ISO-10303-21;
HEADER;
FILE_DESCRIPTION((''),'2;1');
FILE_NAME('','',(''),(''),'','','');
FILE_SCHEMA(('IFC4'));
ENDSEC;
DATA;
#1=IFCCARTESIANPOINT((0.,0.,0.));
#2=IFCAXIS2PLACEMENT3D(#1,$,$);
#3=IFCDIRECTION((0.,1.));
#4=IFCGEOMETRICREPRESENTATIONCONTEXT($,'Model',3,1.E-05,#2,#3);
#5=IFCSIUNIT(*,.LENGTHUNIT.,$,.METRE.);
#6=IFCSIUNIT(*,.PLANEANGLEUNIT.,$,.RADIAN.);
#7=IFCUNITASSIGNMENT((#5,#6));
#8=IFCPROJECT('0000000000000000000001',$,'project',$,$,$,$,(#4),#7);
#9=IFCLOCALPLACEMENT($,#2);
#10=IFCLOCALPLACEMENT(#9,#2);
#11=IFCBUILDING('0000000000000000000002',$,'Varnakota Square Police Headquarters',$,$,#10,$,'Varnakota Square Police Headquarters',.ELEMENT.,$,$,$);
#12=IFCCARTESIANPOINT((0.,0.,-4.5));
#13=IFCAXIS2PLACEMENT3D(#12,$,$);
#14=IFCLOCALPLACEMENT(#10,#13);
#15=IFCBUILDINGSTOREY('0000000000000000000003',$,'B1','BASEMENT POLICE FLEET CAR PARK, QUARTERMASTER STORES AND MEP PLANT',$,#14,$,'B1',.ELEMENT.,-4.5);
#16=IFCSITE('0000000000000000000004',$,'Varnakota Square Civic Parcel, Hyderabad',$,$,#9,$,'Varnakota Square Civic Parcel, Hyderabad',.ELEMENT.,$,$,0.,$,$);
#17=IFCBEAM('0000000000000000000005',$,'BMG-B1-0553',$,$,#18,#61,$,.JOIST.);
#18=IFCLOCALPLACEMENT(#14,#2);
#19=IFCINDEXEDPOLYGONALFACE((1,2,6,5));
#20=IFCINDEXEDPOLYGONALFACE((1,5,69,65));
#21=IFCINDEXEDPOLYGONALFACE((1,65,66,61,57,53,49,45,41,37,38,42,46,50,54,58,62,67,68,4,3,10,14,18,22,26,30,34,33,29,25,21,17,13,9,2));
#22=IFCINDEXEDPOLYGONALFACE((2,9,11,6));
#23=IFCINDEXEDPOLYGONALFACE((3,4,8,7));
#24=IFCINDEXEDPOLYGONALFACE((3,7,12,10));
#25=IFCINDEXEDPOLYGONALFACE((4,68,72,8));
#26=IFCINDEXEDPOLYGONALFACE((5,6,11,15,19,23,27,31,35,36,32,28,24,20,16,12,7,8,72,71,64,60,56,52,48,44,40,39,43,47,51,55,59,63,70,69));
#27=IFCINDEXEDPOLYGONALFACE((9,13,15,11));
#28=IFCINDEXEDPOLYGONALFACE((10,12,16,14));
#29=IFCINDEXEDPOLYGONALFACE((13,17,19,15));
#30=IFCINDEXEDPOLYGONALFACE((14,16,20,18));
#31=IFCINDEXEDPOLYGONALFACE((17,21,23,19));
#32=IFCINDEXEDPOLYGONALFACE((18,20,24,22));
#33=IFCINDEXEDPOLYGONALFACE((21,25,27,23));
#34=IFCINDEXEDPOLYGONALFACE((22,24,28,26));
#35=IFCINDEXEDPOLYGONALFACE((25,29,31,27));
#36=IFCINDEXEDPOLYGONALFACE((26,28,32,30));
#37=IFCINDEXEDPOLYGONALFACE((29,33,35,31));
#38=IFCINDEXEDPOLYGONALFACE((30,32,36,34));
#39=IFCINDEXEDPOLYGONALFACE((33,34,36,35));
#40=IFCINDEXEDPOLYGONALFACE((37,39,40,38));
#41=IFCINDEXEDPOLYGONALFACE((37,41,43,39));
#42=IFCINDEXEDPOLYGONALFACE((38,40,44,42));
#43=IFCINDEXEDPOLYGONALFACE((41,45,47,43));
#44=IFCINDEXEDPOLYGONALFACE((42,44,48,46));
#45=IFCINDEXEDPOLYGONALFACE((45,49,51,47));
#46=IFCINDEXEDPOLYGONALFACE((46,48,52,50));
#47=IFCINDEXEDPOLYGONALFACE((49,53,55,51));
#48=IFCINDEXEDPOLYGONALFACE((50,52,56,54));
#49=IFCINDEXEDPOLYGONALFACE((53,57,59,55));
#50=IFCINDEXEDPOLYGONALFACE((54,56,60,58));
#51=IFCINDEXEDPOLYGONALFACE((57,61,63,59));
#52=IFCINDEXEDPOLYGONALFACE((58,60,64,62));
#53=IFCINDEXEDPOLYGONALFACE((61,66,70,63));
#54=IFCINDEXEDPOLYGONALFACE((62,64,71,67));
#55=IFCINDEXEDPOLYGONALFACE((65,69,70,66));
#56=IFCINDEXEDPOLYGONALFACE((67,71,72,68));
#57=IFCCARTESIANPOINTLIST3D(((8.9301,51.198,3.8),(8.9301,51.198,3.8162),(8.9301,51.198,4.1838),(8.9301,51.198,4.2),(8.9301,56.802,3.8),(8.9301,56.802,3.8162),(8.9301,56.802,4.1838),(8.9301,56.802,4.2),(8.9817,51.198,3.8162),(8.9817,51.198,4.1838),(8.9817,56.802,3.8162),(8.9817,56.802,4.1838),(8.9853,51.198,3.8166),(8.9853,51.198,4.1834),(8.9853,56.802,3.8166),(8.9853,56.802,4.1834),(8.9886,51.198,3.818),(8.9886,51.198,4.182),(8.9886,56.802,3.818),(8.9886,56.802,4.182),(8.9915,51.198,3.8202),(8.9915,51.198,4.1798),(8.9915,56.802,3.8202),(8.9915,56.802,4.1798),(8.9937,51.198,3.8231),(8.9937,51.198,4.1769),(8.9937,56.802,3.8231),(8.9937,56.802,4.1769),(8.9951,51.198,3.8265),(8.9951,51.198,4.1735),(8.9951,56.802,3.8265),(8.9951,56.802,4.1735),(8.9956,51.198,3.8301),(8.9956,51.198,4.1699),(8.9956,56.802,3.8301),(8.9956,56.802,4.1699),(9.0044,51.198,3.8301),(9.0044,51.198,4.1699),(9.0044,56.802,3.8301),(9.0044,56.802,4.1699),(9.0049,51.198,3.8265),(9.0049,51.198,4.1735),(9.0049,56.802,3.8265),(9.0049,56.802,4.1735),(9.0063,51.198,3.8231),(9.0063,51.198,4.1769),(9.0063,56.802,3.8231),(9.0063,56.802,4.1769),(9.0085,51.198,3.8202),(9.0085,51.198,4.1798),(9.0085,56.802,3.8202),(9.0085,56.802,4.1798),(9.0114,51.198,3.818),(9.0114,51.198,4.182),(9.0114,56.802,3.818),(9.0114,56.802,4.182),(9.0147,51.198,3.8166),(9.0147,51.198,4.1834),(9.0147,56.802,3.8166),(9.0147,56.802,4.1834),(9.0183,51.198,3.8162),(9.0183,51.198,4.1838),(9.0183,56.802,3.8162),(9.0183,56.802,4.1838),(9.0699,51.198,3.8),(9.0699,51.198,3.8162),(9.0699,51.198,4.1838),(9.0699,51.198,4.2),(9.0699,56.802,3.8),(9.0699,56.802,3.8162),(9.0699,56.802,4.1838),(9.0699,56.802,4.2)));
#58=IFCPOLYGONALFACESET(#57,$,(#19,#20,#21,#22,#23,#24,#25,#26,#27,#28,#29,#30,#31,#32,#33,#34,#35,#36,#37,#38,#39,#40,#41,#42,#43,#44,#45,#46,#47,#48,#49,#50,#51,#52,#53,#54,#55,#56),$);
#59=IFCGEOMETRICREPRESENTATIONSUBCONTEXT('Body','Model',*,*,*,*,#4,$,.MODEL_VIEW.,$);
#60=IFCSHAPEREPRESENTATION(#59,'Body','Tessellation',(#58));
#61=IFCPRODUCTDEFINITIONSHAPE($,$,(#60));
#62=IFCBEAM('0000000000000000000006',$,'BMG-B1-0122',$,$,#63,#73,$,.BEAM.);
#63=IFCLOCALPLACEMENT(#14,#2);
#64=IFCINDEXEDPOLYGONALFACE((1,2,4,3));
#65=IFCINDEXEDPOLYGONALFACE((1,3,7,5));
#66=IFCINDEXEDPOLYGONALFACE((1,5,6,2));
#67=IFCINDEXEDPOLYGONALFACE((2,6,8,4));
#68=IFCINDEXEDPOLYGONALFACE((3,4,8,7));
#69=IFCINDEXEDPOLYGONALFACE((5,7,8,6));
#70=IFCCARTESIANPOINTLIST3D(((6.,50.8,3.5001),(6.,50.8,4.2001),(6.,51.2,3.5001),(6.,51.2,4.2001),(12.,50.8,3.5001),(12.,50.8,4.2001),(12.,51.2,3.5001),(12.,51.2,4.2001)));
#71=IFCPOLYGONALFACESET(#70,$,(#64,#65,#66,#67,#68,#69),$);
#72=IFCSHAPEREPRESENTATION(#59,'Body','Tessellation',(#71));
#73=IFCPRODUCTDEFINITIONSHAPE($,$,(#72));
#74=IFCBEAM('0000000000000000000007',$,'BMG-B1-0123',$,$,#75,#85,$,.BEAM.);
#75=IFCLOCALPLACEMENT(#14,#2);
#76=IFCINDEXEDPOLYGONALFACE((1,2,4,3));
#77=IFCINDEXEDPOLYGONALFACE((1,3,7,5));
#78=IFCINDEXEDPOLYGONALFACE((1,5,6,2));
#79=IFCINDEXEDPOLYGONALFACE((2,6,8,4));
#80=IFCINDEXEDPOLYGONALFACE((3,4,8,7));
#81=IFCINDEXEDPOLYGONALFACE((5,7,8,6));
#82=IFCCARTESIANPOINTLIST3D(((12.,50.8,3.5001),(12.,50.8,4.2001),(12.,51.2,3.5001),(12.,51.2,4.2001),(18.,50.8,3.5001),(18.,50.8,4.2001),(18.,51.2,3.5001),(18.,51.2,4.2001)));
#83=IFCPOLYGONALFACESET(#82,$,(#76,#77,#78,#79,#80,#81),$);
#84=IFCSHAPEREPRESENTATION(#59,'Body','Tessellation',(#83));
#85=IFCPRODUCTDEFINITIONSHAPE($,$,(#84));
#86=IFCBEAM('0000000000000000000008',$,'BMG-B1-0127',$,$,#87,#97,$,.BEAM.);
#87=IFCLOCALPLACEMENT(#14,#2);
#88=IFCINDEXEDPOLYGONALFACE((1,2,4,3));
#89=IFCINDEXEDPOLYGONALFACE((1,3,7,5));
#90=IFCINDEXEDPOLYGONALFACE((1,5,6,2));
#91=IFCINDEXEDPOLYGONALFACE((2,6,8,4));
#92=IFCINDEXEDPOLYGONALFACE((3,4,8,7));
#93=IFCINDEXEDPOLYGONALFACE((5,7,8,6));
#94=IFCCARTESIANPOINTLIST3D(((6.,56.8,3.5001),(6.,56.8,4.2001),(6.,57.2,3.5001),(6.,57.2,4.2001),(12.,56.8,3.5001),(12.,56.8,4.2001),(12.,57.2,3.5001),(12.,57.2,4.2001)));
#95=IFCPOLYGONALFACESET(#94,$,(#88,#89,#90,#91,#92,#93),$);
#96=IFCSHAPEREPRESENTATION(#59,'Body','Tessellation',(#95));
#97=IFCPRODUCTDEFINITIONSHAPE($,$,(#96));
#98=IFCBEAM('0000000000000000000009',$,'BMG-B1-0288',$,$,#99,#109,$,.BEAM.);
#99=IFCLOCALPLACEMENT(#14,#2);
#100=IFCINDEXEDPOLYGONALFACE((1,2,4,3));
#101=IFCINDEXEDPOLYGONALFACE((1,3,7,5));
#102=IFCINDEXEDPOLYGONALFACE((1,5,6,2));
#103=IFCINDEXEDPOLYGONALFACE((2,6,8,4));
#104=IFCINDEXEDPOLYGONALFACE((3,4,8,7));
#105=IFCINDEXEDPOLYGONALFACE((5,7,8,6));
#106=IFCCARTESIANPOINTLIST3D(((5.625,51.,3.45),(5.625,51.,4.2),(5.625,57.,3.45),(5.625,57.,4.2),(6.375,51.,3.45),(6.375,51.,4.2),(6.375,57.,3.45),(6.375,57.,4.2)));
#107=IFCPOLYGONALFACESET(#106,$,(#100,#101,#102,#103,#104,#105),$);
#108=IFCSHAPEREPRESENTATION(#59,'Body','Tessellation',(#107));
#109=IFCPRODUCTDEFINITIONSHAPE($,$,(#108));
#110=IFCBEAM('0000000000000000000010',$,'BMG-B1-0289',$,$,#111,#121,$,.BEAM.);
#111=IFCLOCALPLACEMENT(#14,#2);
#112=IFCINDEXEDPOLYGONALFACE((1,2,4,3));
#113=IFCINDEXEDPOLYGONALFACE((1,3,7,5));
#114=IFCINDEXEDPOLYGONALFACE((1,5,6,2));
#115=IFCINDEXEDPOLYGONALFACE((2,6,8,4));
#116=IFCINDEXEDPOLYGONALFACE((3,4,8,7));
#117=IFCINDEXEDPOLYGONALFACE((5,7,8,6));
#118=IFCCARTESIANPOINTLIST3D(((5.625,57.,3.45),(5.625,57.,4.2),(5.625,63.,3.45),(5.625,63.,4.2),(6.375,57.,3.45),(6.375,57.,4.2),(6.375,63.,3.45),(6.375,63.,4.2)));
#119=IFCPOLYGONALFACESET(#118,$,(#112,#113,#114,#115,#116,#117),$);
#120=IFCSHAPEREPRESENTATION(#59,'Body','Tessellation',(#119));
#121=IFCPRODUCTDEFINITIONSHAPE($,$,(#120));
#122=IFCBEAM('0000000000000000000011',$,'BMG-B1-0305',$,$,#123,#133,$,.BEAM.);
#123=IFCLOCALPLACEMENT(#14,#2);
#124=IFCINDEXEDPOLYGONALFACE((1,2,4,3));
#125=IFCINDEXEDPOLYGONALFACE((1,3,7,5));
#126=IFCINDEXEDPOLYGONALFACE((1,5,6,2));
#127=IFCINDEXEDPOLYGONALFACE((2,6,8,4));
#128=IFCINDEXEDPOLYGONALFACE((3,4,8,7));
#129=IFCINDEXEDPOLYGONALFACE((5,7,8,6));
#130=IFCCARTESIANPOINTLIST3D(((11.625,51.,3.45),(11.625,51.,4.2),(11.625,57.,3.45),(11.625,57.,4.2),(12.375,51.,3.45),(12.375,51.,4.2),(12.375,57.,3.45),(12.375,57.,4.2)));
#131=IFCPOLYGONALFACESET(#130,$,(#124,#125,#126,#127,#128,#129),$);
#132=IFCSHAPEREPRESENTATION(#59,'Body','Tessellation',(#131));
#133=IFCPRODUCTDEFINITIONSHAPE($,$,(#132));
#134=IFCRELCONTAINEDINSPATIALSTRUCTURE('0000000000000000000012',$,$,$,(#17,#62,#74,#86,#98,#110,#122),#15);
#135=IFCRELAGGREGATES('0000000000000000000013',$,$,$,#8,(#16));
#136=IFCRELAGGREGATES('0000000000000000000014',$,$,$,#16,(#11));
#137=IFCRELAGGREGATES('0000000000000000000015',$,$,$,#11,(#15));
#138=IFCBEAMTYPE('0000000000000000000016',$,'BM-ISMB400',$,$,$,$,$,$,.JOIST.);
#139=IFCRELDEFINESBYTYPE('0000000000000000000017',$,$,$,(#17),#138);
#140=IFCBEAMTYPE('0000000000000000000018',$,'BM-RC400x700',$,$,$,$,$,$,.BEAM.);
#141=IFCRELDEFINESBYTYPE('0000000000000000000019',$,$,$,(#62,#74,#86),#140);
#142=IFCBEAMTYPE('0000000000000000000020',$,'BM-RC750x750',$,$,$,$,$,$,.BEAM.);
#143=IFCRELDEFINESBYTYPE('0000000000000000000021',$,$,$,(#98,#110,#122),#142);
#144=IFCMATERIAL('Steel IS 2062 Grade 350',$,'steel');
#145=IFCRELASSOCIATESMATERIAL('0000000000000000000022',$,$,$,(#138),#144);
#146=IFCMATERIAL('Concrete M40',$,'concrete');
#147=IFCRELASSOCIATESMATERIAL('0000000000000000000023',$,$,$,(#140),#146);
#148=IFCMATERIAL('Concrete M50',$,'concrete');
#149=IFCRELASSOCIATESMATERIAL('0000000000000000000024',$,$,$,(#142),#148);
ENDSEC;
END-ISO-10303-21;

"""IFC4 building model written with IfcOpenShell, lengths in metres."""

from ifc_helpers import new_model, si_unit, direction, frame, origin, origin_2d, place, context, subcontext, project, spatial, rectangle, i_section, extrude, material, material_profile, profile_set, type_object, element, save


model = new_model("IFC4")

# Units and contexts
model_context = context("Model", 3, precision=1e-05, world=origin(), true_north=direction((0.0, 1.0)))
body_context = subcontext(model_context, "Body", "Model", "MODEL_VIEW")
ifc_project = project(units=[si_unit("LENGTHUNIT", "METRE"), si_unit("PLANEANGLEUNIT", "RADIAN")], contexts=[model_context])

# Site, building, storey
site_placement = place(None, origin())
site = spatial("IfcSite", under=ifc_project, at=site_placement, Name="Varnakota Square Civic Parcel, Hyderabad", LongName="Varnakota Square Civic Parcel, Hyderabad", CompositionType="ELEMENT", RefElevation=0.0)
building_placement = place(site_placement, origin())
building = spatial("IfcBuilding", under=site, at=building_placement, Name="Varnakota Square Police Headquarters", LongName="Varnakota Square Police Headquarters", CompositionType="ELEMENT")
storey_placement = place(building_placement, frame((0.0, 0.0, -4.5)))
storey = spatial("IfcBuildingStorey", under=building, at=storey_placement, Name="B1", Description="BASEMENT POLICE FLEET CAR PARK, QUARTERMASTER STORES AND MEP PLANT", LongName="B1", CompositionType="ELEMENT", Elevation=-4.5)

# Shared definitions
ifc_material_1 = material(Name="Concrete M50", Category="concrete")

# Beams
ifc_material_2 = material(Name="Steel IS 2062 Grade 350", Category="steel")
ifc_material_profile_1 = material_profile(ifc_material_2, i_section(OverallWidth=0.1399, OverallDepth=0.3999, WebThickness=0.0088, FlangeThickness=0.0161, FilletRadius=0.0139, at=origin_2d()), Name="ISMB 400")
ifc_profile_set_1 = profile_set([ifc_material_profile_1], Name="Steel IS 2062 Grade 350")
beam_type_1 = type_object("IfcBeamType", Name="BM-ISMB400", PredefinedType="JOIST", material=ifc_profile_set_1)
beam_placement = place(storey_placement, frame((9.0, 51.198, 4.0), z_axis=(0.0, 1.0, 0.0), x_axis=(-1.0, 0.0, 0.0)))
element("IfcBeam", 1, at=beam_placement, inside=storey, type_object=beam_type_1, Name="BMG-B1-0553", PredefinedType="JOIST", context=body_context, shape_type="SweptSolid", body=[
    extrude(i_section(OverallWidth=0.1399, OverallDepth=0.3999, WebThickness=0.0088, FlangeThickness=0.0161, FilletRadius=0.0139, at=origin_2d()), origin(), (0.0, 0.0, 1.0), 5.604),
])
ifc_material_3 = material(Name="Concrete M40", Category="concrete")
ifc_material_profile_2 = material_profile(ifc_material_3, rectangle(XDim=0.3999, YDim=0.7, at=origin_2d()), Name="RC 400x700")
ifc_profile_set_2 = profile_set([ifc_material_profile_2], Name="Concrete M40")
beam_type_2 = type_object("IfcBeamType", Name="BM-RC400x700", PredefinedType="BEAM", material=ifc_profile_set_2)
for number, where, z_axis, x_axis, name in (
    (2, (6.0, 51.0, 3.8501), (1.0, 0.0, 0.0), (0.0, 1.0, 0.0), "BMG-B1-0122"),
    (3, (12.0, 51.0, 3.8501), (1.0, 0.0, 0.0), (0.0, 1.0, 0.0), "BMG-B1-0123"),
    (4, (6.0, 57.0, 3.8501), (1.0, 0.0, 0.0), (0.0, 1.0, 0.0), "BMG-B1-0127"),
):
    element("IfcBeam", number, at=place(storey_placement, frame(where, z_axis=z_axis, x_axis=x_axis)), inside=storey, type_object=beam_type_2, Name=name, PredefinedType="BEAM", context=body_context, shape_type="SweptSolid", body=[
        extrude(rectangle(XDim=0.3999, YDim=0.7, at=origin_2d()), origin(), (0.0, 0.0, 1.0), 6.0),
    ])
ifc_material_profile_3 = material_profile(ifc_material_1, rectangle(XDim=0.75, YDim=0.75, at=origin_2d()), Name="RC 750x750")
ifc_profile_set_3 = profile_set([ifc_material_profile_3], Name="Concrete M50")
beam_type_3 = type_object("IfcBeamType", Name="BM-RC750x750", PredefinedType="BEAM", material=ifc_profile_set_3)
for number, where, z_axis, x_axis, name in (
    (5, (6.0, 51.0, 3.825), (0.0, 1.0, 0.0), (-1.0, 0.0, 0.0), "BMG-B1-0288"),
    (6, (6.0, 57.0, 3.825), (0.0, 1.0, 0.0), (-1.0, 0.0, 0.0), "BMG-B1-0289"),
    (7, (12.0, 51.0, 3.825), (0.0, 1.0, 0.0), (-1.0, 0.0, 0.0), "BMG-B1-0305"),
):
    element("IfcBeam", number, at=place(storey_placement, frame(where, z_axis=z_axis, x_axis=x_axis)), inside=storey, type_object=beam_type_3, Name=name, PredefinedType="BEAM", context=body_context, shape_type="SweptSolid", body=[
        extrude(rectangle(XDim=0.75, YDim=0.75, at=origin_2d()), origin(), (0.0, 0.0, 1.0), 6.0),
    ])

save(model, "model.ifc")
